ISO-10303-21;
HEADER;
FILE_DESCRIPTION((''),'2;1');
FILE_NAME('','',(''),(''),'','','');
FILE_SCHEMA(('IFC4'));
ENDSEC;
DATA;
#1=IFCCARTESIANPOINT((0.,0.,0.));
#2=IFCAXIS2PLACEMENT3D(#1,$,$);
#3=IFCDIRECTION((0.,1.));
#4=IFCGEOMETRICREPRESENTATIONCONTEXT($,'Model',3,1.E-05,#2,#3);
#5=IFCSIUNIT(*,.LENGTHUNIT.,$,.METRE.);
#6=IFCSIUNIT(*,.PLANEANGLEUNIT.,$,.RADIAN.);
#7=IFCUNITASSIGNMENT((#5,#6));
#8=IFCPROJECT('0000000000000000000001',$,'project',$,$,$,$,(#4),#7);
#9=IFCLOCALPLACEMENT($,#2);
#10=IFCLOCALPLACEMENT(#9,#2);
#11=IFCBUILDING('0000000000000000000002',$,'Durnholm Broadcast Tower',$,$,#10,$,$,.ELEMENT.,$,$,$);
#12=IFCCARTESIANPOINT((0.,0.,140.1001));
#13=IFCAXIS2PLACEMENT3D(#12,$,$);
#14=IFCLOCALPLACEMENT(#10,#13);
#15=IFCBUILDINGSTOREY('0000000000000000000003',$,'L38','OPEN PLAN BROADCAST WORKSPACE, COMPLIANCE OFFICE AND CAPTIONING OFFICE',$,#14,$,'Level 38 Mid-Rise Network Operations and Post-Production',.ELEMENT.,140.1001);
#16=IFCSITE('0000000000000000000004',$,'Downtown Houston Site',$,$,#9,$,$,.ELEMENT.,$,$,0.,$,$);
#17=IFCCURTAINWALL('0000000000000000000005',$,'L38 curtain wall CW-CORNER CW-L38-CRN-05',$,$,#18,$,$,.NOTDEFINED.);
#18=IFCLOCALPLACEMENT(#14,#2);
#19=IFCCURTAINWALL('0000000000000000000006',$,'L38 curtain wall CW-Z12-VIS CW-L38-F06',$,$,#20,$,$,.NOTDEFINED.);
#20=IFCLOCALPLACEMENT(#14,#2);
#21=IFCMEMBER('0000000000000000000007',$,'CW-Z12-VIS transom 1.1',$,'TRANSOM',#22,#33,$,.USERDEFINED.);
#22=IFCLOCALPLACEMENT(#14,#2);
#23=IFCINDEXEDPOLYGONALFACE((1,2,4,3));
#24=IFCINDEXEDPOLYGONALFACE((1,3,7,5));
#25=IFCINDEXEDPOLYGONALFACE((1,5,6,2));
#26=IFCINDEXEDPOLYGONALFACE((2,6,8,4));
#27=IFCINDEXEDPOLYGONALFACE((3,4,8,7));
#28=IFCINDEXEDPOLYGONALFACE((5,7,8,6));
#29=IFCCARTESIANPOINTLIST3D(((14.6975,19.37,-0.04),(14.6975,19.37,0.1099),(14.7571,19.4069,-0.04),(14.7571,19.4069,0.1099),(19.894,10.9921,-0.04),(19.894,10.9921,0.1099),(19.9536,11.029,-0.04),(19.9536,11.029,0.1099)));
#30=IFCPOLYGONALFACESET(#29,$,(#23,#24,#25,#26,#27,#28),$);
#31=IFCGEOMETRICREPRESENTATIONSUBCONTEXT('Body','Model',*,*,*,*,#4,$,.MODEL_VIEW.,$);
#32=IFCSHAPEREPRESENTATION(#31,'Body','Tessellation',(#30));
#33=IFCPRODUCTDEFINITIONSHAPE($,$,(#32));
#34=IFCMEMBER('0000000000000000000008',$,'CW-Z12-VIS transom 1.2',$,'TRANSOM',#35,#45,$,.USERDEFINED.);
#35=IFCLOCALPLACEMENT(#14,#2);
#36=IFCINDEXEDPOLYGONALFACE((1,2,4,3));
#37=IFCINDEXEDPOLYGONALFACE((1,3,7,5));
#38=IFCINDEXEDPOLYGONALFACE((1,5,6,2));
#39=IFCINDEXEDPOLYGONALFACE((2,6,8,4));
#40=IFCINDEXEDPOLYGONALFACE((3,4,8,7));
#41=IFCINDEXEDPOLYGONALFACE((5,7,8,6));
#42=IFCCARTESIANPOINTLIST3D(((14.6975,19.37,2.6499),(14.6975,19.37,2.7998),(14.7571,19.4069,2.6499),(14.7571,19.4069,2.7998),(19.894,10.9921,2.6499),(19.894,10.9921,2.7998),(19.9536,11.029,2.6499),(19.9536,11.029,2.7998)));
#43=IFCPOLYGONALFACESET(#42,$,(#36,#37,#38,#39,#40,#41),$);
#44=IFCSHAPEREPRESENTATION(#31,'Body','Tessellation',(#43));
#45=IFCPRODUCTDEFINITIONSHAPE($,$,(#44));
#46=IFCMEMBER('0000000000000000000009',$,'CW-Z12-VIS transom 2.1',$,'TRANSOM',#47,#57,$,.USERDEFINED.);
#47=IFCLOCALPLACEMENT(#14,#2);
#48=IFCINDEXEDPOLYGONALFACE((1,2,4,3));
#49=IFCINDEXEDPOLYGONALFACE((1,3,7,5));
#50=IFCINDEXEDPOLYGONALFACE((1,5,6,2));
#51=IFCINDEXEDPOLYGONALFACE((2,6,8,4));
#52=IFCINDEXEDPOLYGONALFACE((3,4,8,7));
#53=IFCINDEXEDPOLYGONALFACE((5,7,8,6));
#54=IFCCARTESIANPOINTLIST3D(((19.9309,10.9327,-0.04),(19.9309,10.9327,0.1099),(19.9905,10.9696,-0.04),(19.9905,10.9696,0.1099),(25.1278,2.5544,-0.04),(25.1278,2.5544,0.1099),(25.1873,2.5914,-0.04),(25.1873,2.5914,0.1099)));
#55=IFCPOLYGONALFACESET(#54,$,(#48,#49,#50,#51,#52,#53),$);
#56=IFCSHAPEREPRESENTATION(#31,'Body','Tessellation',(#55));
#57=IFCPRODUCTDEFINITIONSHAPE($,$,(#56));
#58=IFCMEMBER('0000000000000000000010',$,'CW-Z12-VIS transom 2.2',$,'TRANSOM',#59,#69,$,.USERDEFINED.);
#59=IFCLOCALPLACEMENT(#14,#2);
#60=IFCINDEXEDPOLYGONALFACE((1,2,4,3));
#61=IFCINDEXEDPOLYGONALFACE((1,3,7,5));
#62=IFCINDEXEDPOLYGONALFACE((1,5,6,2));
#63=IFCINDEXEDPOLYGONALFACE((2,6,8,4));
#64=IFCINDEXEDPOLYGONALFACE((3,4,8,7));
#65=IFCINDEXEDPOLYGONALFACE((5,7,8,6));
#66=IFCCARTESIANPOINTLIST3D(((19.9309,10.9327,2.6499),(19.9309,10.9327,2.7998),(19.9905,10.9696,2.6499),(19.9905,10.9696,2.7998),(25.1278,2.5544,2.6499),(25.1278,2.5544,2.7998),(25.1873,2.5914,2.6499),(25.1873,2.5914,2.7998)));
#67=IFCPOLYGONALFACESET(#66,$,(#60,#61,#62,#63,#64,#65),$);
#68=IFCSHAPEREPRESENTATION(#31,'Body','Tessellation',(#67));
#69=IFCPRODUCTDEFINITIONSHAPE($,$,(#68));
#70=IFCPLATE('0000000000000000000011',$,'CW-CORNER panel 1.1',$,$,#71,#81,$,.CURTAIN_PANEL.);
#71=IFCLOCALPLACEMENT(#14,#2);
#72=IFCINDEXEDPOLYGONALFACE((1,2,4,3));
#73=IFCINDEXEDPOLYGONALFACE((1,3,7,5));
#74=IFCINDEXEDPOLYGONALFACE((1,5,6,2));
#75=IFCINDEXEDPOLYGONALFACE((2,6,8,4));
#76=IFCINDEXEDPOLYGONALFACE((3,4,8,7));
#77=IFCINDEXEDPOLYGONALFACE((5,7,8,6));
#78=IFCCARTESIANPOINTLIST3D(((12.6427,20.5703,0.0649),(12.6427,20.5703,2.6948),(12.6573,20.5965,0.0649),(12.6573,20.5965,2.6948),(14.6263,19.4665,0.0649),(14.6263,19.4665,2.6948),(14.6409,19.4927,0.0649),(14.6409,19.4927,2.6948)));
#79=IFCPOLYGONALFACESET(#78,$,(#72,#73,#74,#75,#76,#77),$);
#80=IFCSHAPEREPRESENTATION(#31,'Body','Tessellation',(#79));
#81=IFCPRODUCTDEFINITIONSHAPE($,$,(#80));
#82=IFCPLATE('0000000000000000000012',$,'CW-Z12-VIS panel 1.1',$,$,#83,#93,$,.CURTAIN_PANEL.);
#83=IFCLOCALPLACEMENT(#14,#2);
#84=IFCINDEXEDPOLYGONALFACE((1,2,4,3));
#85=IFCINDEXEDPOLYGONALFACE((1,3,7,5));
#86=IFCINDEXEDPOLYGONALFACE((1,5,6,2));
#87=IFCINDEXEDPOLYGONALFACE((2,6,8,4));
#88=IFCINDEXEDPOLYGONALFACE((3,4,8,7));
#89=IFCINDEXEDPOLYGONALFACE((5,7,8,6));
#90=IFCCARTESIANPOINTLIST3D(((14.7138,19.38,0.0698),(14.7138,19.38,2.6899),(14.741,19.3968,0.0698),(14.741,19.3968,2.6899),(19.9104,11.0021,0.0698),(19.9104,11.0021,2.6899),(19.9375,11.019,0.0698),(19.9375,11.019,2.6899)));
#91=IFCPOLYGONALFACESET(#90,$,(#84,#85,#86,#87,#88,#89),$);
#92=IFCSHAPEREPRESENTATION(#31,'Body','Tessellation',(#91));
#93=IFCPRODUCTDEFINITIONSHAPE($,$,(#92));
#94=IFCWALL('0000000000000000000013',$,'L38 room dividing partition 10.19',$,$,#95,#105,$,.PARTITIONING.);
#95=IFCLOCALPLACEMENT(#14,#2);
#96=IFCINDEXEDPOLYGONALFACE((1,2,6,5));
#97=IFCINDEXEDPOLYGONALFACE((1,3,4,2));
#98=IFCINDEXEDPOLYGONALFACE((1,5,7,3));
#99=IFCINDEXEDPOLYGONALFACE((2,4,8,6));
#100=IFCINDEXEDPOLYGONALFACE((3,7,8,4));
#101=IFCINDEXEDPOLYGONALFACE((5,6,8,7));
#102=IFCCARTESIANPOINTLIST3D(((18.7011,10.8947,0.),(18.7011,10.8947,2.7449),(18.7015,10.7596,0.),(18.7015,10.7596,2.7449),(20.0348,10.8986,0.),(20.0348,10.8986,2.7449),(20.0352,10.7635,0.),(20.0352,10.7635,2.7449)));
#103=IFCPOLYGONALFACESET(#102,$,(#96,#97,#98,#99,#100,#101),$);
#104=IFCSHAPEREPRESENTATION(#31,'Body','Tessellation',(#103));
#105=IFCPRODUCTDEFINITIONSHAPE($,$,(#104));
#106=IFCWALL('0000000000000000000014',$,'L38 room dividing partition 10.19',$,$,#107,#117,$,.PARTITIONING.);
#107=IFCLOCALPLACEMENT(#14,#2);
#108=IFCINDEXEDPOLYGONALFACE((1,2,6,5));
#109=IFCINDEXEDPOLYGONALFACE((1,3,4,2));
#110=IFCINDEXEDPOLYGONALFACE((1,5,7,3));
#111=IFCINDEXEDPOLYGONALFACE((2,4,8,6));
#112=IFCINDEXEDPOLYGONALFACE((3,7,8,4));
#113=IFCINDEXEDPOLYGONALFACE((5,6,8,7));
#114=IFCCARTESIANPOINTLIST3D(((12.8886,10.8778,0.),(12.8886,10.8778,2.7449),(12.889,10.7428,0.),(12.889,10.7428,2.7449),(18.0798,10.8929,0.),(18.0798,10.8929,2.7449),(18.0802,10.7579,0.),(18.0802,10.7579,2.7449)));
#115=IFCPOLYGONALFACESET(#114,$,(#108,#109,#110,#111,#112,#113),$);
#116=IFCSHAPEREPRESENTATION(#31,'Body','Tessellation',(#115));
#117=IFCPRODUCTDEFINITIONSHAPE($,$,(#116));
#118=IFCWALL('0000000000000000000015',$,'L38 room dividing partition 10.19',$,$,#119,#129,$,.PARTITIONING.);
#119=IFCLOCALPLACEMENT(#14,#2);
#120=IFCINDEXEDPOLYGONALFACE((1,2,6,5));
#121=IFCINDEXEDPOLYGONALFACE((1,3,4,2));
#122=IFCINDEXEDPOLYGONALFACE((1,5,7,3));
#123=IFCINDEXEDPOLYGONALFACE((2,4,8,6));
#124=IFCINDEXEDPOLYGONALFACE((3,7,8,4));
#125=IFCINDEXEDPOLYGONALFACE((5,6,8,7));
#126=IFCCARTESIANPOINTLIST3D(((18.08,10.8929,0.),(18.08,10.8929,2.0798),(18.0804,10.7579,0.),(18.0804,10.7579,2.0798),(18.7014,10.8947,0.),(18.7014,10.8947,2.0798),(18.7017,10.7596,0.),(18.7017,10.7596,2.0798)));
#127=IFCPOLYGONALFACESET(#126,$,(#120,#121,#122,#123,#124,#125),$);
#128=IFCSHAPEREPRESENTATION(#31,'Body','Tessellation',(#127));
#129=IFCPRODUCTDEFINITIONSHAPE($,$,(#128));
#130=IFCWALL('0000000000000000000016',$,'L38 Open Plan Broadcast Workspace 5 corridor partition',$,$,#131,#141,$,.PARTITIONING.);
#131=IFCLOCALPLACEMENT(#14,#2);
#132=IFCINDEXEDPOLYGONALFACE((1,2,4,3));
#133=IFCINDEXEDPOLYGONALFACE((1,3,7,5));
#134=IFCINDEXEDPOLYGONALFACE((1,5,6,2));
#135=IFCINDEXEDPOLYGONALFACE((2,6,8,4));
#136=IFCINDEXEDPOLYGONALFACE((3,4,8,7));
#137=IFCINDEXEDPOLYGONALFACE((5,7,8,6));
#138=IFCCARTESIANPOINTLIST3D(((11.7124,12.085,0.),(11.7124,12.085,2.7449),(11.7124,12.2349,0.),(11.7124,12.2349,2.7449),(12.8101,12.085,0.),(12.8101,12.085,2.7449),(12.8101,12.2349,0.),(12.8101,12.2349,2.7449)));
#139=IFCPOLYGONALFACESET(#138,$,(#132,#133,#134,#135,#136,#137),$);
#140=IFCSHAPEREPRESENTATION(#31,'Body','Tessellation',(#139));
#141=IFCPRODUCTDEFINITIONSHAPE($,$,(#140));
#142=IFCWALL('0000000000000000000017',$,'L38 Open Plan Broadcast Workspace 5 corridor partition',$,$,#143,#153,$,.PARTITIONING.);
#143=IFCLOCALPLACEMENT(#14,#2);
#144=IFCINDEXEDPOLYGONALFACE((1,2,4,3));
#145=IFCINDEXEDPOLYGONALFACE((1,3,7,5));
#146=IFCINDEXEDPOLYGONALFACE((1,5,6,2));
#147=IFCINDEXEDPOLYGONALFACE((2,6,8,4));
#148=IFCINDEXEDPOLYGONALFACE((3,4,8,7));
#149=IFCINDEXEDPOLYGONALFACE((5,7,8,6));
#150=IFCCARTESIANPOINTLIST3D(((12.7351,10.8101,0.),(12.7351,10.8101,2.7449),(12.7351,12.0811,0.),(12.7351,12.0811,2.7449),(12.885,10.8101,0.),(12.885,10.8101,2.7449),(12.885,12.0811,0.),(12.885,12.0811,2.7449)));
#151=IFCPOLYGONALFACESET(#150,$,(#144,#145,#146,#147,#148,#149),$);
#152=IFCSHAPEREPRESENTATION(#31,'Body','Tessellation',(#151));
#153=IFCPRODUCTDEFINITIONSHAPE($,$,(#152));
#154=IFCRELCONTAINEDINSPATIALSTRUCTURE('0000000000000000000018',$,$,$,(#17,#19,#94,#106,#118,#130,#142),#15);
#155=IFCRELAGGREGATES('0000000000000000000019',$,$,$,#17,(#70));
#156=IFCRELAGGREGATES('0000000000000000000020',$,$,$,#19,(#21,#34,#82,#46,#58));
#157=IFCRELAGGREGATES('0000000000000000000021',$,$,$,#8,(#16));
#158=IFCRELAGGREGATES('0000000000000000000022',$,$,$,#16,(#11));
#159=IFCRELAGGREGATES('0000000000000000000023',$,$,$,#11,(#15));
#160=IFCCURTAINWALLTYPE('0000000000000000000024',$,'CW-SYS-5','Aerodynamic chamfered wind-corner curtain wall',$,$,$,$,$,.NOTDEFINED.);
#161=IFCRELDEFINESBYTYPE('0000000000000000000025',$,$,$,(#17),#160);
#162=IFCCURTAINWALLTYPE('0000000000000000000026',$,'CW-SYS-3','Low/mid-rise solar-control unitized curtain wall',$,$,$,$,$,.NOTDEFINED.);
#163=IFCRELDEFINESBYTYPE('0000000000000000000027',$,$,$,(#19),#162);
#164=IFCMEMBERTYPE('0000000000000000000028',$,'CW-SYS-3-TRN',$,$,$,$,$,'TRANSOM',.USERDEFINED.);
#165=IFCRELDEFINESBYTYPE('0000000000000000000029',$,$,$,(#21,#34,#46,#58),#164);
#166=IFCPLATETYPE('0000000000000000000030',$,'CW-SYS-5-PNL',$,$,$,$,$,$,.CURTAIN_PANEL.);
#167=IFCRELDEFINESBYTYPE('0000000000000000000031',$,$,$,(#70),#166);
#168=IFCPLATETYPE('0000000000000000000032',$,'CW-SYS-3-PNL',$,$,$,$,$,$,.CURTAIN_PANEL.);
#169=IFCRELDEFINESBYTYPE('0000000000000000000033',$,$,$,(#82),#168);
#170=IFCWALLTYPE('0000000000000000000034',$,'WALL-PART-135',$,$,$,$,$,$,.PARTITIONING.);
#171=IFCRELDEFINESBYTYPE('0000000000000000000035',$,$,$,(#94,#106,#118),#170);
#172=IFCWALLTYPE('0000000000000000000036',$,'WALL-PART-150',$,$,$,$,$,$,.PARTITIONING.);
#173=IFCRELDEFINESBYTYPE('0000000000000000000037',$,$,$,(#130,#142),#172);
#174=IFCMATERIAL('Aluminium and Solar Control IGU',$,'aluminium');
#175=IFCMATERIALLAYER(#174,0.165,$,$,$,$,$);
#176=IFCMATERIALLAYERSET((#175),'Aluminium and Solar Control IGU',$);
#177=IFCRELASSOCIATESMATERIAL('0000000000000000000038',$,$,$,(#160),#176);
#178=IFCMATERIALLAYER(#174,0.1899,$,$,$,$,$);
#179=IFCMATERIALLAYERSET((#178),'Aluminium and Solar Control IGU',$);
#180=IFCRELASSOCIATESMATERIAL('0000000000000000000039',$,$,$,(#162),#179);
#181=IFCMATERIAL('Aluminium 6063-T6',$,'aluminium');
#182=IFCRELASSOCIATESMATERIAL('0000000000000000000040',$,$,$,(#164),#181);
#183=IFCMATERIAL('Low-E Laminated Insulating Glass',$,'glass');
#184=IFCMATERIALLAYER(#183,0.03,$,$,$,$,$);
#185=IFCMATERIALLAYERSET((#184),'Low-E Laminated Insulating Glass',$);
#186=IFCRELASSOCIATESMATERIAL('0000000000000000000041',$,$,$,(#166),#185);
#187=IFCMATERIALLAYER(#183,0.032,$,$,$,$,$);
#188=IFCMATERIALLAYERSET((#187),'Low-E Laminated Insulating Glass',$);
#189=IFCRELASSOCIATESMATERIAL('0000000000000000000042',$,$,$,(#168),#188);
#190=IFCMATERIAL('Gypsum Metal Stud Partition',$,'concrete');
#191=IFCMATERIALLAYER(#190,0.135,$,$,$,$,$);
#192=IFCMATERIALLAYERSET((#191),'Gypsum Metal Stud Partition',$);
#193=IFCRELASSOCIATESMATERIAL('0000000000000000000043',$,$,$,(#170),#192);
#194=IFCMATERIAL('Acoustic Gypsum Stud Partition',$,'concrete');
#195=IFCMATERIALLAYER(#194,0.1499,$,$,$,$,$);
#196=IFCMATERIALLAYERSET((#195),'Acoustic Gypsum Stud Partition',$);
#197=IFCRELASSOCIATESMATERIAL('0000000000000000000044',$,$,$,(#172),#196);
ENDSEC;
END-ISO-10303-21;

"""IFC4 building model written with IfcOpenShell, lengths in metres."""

from ifc_helpers import new_model, si_unit, direction, frame, frame_2d, origin, origin_2d, place, context, subcontext, project, spatial, rectangle, extrude, source, transform, mapped, material, layer, layer_set, material_profile, profile_set, type_object, type_shapes, element, aggregate, save


model = new_model("IFC4")

# Units and contexts
model_context = context("Model", 3, precision=1e-05, world=origin(), true_north=direction((0.0, 1.0)))
body_context = subcontext(model_context, "Body", "Model", "MODEL_VIEW")
ifc_project = project(units=[si_unit("LENGTHUNIT", "METRE"), si_unit("PLANEANGLEUNIT", "RADIAN")], contexts=[model_context])

# Site, building, storey
site_placement = place(None, origin())
site = spatial("IfcSite", under=ifc_project, at=site_placement, Name="Downtown Houston Site", CompositionType="ELEMENT", RefElevation=0.0)
building_placement = place(site_placement, origin())
building = spatial("IfcBuilding", under=site, at=building_placement, Name="Durnholm Broadcast Tower", CompositionType="ELEMENT")
storey_placement = place(building_placement, frame((0.0, 0.0, 140.1001)))
storey = spatial("IfcBuildingStorey", under=building, at=storey_placement, Name="L38", Description="OPEN PLAN BROADCAST WORKSPACE, COMPLIANCE OFFICE AND CAPTIONING OFFICE", LongName="Level 38 Mid-Rise Network Operations and Post-Production", CompositionType="ELEMENT", Elevation=140.1001)

# Curtain wall
ifc_material_1 = material(Name="Aluminium and Solar Control IGU", Category="aluminium")
ifc_layer_1 = layer(ifc_material_1, 0.165)
ifc_layer_set_1 = layer_set([ifc_layer_1], Name="Aluminium and Solar Control IGU")
curtain_wall_type_1 = type_object("IfcCurtainWallType", Name="CW-SYS-5", Description="Aerodynamic chamfered wind-corner curtain wall", PredefinedType="NOTDEFINED", material=ifc_layer_set_1)
curtain_wall_1_placement = place(storey_placement, origin())
curtain_wall_1 = element("IfcCurtainWall", 1, at=curtain_wall_1_placement, inside=storey, type_object=curtain_wall_type_1, Name="L38 curtain wall CW-CORNER CW-L38-CRN-05", PredefinedType="NOTDEFINED")
ifc_material_2 = material(Name="Aluminium 6063-T6", Category="aluminium")

# Curtain wall, members
ifc_layer_2 = layer(ifc_material_1, 0.1899)
ifc_layer_set_2 = layer_set([ifc_layer_2], Name="Aluminium and Solar Control IGU")
curtain_wall_type_2 = type_object("IfcCurtainWallType", Name="CW-SYS-3", Description="Low/mid-rise solar-control unitized curtain wall", PredefinedType="NOTDEFINED", material=ifc_layer_set_2)
curtain_wall_2_placement = place(storey_placement, origin())
curtain_wall_2 = element("IfcCurtainWall", 2, at=curtain_wall_2_placement, inside=storey, type_object=curtain_wall_type_2, Name="L38 curtain wall CW-Z12-VIS CW-L38-F06", PredefinedType="NOTDEFINED")
ifc_material_profile_1 = material_profile(ifc_material_2, rectangle(XDim=0.0701, YDim=0.1499, at=origin_2d()), Name="CWT70X150")
ifc_profile_set_1 = profile_set([ifc_material_profile_1], Name="Aluminium 6063-T6")
member_type_1 = type_object("IfcMemberType", Name="CW-SYS-3-TRN", ElementType="TRANSOM", PredefinedType="USERDEFINED", material=ifc_profile_set_1)
shared_shape_1 = source(origin(), body_context, "Body", "SweptSolid", [
    extrude(rectangle(XDim=0.0701, YDim=0.1499, at=origin_2d()), origin(), (0.0, 0.0, 1.0), 9.8586),
])
member_1_placement = place(storey_placement, frame((14.7273, 19.3884, 0.0349), z_axis=(0.527102, -0.849802, 0.0), x_axis=(0.849802, 0.527102, 0.0)))
member_1 = element("IfcMember", 3, at=member_1_placement, type_object=member_type_1, Name="CW-Z12-VIS transom 1.1", ObjectType="TRANSOM", PredefinedType="USERDEFINED", context=body_context, shape_type="MappedRepresentation", body=[
    mapped(shared_shape_1, transform((0.0, 0.0, 0.0), x_axis=(1.0, 0.0, 0.0), y_axis=(0.0, 1.0, 0.0), z_axis=(0.0, 0.0, 1.0), scale=1.0)),
])
member_2_placement = place(storey_placement, frame((14.7273, 19.3884, 2.7249), z_axis=(0.527102, -0.849802, 0.0), x_axis=(0.849802, 0.527102, 0.0)))
member_2 = element("IfcMember", 4, at=member_2_placement, type_object=member_type_1, Name="CW-Z12-VIS transom 1.2", ObjectType="TRANSOM", PredefinedType="USERDEFINED", context=body_context, shape_type="MappedRepresentation", body=[
    mapped(shared_shape_1, transform((0.0, 0.0, 0.0), x_axis=(1.0, 0.0, 0.0), y_axis=(0.0, 1.0, 0.0), z_axis=(0.0, 0.0, 1.0), scale=1.0)),
])
shared_shape_2 = source(origin(), body_context, "Body", "SweptSolid", [
    extrude(rectangle(XDim=0.0701, YDim=0.1499, at=origin_2d()), origin(), (0.0, 0.0, 1.0), 9.8591),
])
type_shapes(member_type_1, [shared_shape_1, shared_shape_2])
member_3_placement = place(storey_placement, frame((19.9607, 10.9512, 0.0349), z_axis=(0.527109, -0.849798, 0.0), x_axis=(0.849798, 0.527109, 0.0)))
member_3 = element("IfcMember", 5, at=member_3_placement, type_object=member_type_1, Name="CW-Z12-VIS transom 2.1", ObjectType="TRANSOM", PredefinedType="USERDEFINED", context=body_context, shape_type="MappedRepresentation", body=[
    mapped(shared_shape_2, transform((0.0, 0.0, 0.0), x_axis=(1.0, 0.0, 0.0), y_axis=(0.0, 1.0, 0.0), z_axis=(0.0, 0.0, 1.0), scale=1.0)),
])
member_4_placement = place(storey_placement, frame((19.9607, 10.9512, 2.7249), z_axis=(0.527109, -0.849798, 0.0), x_axis=(0.849798, 0.527109, 0.0)))
member_4 = element("IfcMember", 6, at=member_4_placement, type_object=member_type_1, Name="CW-Z12-VIS transom 2.2", ObjectType="TRANSOM", PredefinedType="USERDEFINED", context=body_context, shape_type="MappedRepresentation", body=[
    mapped(shared_shape_2, transform((0.0, 0.0, 0.0), x_axis=(1.0, 0.0, 0.0), y_axis=(0.0, 1.0, 0.0), z_axis=(0.0, 0.0, 1.0), scale=1.0)),
])

# Plates
ifc_material_3 = material(Name="Low-E Laminated Insulating Glass", Category="glass")
ifc_layer_3 = layer(ifc_material_3, 0.03)
ifc_layer_set_3 = layer_set([ifc_layer_3], Name="Low-E Laminated Insulating Glass")
plate_type_1 = type_object("IfcPlateType", Name="CW-SYS-5-PNL", PredefinedType="CURTAIN_PANEL", material=ifc_layer_set_3)
shared_shape_3 = source(origin(), body_context, "Body", "SweptSolid", [
    extrude(rectangle(XDim=2.27, YDim=0.03, at=origin_2d()), origin(), (0.0, 0.0, 1.0), 2.6299),
])
type_shapes(plate_type_1, [shared_shape_3])
plate_1_placement = place(storey_placement, frame((13.6418, 20.0315, 0.0649), z_axis=(0.0, 0.0, 1.0), x_axis=(0.873823, -0.486244, 0.0)))
plate_1 = element("IfcPlate", 7, at=plate_1_placement, type_object=plate_type_1, Name="CW-CORNER panel 1.1", PredefinedType="CURTAIN_PANEL", context=body_context, shape_type="MappedRepresentation", body=[
    mapped(shared_shape_3, transform((0.0, 0.0, 0.0), x_axis=(1.0, 0.0, 0.0), y_axis=(0.0, 1.0, 0.0), z_axis=(0.0, 0.0, 1.0), scale=1.0)),
])
aggregate(curtain_wall_1, [plate_1])
ifc_layer_4 = layer(ifc_material_3, 0.032)
ifc_layer_set_4 = layer_set([ifc_layer_4], Name="Low-E Laminated Insulating Glass")
plate_type_2 = type_object("IfcPlateType", Name="CW-SYS-3-PNL", PredefinedType="CURTAIN_PANEL", material=ifc_layer_set_4)
shared_shape_4 = source(origin(), body_context, "Body", "SweptSolid", [
    extrude(rectangle(XDim=9.8586, YDim=0.032, at=origin_2d()), origin(), (0.0, 0.0, 1.0), 2.6201),
])
type_shapes(plate_type_2, [shared_shape_4])
plate_2_placement = place(storey_placement, frame((17.3257, 15.1995, 0.0698), z_axis=(0.0, 0.0, 1.0), x_axis=(0.527105, -0.8498, 0.0)))
plate_2 = element("IfcPlate", 8, at=plate_2_placement, type_object=plate_type_2, Name="CW-Z12-VIS panel 1.1", PredefinedType="CURTAIN_PANEL", context=body_context, shape_type="MappedRepresentation", body=[
    mapped(shared_shape_4, transform((0.0, 0.0, 0.0), x_axis=(1.0, 0.0, 0.0), y_axis=(0.0, 1.0, 0.0), z_axis=(0.0, 0.0, 1.0), scale=1.0)),
])
aggregate(curtain_wall_2, [member_1, member_2, plate_2, member_3, member_4])

# Walls
ifc_material_4 = material(Name="Gypsum Metal Stud Partition", Category="concrete")
ifc_layer_5 = layer(ifc_material_4, 0.135)
ifc_layer_set_5 = layer_set([ifc_layer_5], Name="Gypsum Metal Stud Partition")
wall_type_1 = type_object("IfcWallType", Name="WALL-PART-135", PredefinedType="PARTITIONING", material=ifc_layer_set_5)
wall_1_placement = place(storey_placement, frame((20.0352, 10.8311, 0.0), z_axis=(0.0, 0.0, 1.0), x_axis=(-0.999996, -0.002929, 0.0)))
element("IfcWall", 9, at=wall_1_placement, inside=storey, type_object=wall_type_1, Name="L38 room dividing partition 10.19", PredefinedType="PARTITIONING", context=body_context, shape_type="SweptSolid", body=[
    extrude(rectangle(XDim=1.3337, YDim=0.135, at=frame_2d((0.667, 0.0))), origin(), (0.0, 0.0, 1.0), 2.7449),
])
wall_2_placement = place(storey_placement, frame((18.0801, 10.8254, 0.0), z_axis=(0.0, 0.0, 1.0), x_axis=(-0.999996, -0.002916, 0.0)))
element("IfcWall", 10, at=wall_2_placement, inside=storey, type_object=wall_type_1, Name="L38 room dividing partition 10.19", PredefinedType="PARTITIONING", context=body_context, shape_type="SweptSolid", body=[
    extrude(rectangle(XDim=5.1912, YDim=0.135, at=frame_2d((2.5957, 0.0))), origin(), (0.0, 0.0, 1.0), 2.7449),
])
wall_3_placement = place(storey_placement, frame((18.7014, 10.8271, 0.0), z_axis=(0.0, 0.0, 1.0), x_axis=(-0.999996, -0.00275, 0.0)))
element("IfcWall", 11, at=wall_3_placement, inside=storey, type_object=wall_type_1, Name="L38 room dividing partition 10.19", PredefinedType="PARTITIONING", context=body_context, shape_type="SweptSolid", body=[
    extrude(rectangle(XDim=0.6213, YDim=0.135, at=frame_2d((0.3105, 0.0))), origin(), (0.0, 0.0, 1.0), 2.0798),
])
ifc_material_5 = material(Name="Acoustic Gypsum Stud Partition", Category="concrete")
ifc_layer_6 = layer(ifc_material_5, 0.1499)
ifc_layer_set_6 = layer_set([ifc_layer_6], Name="Acoustic Gypsum Stud Partition")
wall_type_2 = type_object("IfcWallType", Name="WALL-PART-150", PredefinedType="PARTITIONING", material=ifc_layer_set_6)
wall_4_placement = place(storey_placement, frame((12.8101, 12.1599, 0.0), z_axis=(0.0, 0.0, 1.0), x_axis=(-1.0, 0.0, 0.0)))
element("IfcWall", 12, at=wall_4_placement, inside=storey, type_object=wall_type_2, Name="L38 Open Plan Broadcast Workspace 5 corridor partition", PredefinedType="PARTITIONING", context=body_context, shape_type="SweptSolid", body=[
    extrude(rectangle(XDim=1.0977, YDim=0.1499, at=frame_2d((0.5488, 0.0))), origin(), (0.0, 0.0, 1.0), 2.7449),
])
wall_5_placement = place(storey_placement, frame((12.8101, 10.8101, 0.0), z_axis=(0.0, 0.0, 1.0), x_axis=(0.0, 1.0, 0.0)))
element("IfcWall", 13, at=wall_5_placement, inside=storey, type_object=wall_type_2, Name="L38 Open Plan Broadcast Workspace 5 corridor partition", PredefinedType="PARTITIONING", context=body_context, shape_type="SweptSolid", body=[
    extrude(rectangle(XDim=1.271, YDim=0.1499, at=frame_2d((0.6355, 0.0))), origin(), (0.0, 0.0, 1.0), 2.7449),
])

save(model, "model.ifc")
